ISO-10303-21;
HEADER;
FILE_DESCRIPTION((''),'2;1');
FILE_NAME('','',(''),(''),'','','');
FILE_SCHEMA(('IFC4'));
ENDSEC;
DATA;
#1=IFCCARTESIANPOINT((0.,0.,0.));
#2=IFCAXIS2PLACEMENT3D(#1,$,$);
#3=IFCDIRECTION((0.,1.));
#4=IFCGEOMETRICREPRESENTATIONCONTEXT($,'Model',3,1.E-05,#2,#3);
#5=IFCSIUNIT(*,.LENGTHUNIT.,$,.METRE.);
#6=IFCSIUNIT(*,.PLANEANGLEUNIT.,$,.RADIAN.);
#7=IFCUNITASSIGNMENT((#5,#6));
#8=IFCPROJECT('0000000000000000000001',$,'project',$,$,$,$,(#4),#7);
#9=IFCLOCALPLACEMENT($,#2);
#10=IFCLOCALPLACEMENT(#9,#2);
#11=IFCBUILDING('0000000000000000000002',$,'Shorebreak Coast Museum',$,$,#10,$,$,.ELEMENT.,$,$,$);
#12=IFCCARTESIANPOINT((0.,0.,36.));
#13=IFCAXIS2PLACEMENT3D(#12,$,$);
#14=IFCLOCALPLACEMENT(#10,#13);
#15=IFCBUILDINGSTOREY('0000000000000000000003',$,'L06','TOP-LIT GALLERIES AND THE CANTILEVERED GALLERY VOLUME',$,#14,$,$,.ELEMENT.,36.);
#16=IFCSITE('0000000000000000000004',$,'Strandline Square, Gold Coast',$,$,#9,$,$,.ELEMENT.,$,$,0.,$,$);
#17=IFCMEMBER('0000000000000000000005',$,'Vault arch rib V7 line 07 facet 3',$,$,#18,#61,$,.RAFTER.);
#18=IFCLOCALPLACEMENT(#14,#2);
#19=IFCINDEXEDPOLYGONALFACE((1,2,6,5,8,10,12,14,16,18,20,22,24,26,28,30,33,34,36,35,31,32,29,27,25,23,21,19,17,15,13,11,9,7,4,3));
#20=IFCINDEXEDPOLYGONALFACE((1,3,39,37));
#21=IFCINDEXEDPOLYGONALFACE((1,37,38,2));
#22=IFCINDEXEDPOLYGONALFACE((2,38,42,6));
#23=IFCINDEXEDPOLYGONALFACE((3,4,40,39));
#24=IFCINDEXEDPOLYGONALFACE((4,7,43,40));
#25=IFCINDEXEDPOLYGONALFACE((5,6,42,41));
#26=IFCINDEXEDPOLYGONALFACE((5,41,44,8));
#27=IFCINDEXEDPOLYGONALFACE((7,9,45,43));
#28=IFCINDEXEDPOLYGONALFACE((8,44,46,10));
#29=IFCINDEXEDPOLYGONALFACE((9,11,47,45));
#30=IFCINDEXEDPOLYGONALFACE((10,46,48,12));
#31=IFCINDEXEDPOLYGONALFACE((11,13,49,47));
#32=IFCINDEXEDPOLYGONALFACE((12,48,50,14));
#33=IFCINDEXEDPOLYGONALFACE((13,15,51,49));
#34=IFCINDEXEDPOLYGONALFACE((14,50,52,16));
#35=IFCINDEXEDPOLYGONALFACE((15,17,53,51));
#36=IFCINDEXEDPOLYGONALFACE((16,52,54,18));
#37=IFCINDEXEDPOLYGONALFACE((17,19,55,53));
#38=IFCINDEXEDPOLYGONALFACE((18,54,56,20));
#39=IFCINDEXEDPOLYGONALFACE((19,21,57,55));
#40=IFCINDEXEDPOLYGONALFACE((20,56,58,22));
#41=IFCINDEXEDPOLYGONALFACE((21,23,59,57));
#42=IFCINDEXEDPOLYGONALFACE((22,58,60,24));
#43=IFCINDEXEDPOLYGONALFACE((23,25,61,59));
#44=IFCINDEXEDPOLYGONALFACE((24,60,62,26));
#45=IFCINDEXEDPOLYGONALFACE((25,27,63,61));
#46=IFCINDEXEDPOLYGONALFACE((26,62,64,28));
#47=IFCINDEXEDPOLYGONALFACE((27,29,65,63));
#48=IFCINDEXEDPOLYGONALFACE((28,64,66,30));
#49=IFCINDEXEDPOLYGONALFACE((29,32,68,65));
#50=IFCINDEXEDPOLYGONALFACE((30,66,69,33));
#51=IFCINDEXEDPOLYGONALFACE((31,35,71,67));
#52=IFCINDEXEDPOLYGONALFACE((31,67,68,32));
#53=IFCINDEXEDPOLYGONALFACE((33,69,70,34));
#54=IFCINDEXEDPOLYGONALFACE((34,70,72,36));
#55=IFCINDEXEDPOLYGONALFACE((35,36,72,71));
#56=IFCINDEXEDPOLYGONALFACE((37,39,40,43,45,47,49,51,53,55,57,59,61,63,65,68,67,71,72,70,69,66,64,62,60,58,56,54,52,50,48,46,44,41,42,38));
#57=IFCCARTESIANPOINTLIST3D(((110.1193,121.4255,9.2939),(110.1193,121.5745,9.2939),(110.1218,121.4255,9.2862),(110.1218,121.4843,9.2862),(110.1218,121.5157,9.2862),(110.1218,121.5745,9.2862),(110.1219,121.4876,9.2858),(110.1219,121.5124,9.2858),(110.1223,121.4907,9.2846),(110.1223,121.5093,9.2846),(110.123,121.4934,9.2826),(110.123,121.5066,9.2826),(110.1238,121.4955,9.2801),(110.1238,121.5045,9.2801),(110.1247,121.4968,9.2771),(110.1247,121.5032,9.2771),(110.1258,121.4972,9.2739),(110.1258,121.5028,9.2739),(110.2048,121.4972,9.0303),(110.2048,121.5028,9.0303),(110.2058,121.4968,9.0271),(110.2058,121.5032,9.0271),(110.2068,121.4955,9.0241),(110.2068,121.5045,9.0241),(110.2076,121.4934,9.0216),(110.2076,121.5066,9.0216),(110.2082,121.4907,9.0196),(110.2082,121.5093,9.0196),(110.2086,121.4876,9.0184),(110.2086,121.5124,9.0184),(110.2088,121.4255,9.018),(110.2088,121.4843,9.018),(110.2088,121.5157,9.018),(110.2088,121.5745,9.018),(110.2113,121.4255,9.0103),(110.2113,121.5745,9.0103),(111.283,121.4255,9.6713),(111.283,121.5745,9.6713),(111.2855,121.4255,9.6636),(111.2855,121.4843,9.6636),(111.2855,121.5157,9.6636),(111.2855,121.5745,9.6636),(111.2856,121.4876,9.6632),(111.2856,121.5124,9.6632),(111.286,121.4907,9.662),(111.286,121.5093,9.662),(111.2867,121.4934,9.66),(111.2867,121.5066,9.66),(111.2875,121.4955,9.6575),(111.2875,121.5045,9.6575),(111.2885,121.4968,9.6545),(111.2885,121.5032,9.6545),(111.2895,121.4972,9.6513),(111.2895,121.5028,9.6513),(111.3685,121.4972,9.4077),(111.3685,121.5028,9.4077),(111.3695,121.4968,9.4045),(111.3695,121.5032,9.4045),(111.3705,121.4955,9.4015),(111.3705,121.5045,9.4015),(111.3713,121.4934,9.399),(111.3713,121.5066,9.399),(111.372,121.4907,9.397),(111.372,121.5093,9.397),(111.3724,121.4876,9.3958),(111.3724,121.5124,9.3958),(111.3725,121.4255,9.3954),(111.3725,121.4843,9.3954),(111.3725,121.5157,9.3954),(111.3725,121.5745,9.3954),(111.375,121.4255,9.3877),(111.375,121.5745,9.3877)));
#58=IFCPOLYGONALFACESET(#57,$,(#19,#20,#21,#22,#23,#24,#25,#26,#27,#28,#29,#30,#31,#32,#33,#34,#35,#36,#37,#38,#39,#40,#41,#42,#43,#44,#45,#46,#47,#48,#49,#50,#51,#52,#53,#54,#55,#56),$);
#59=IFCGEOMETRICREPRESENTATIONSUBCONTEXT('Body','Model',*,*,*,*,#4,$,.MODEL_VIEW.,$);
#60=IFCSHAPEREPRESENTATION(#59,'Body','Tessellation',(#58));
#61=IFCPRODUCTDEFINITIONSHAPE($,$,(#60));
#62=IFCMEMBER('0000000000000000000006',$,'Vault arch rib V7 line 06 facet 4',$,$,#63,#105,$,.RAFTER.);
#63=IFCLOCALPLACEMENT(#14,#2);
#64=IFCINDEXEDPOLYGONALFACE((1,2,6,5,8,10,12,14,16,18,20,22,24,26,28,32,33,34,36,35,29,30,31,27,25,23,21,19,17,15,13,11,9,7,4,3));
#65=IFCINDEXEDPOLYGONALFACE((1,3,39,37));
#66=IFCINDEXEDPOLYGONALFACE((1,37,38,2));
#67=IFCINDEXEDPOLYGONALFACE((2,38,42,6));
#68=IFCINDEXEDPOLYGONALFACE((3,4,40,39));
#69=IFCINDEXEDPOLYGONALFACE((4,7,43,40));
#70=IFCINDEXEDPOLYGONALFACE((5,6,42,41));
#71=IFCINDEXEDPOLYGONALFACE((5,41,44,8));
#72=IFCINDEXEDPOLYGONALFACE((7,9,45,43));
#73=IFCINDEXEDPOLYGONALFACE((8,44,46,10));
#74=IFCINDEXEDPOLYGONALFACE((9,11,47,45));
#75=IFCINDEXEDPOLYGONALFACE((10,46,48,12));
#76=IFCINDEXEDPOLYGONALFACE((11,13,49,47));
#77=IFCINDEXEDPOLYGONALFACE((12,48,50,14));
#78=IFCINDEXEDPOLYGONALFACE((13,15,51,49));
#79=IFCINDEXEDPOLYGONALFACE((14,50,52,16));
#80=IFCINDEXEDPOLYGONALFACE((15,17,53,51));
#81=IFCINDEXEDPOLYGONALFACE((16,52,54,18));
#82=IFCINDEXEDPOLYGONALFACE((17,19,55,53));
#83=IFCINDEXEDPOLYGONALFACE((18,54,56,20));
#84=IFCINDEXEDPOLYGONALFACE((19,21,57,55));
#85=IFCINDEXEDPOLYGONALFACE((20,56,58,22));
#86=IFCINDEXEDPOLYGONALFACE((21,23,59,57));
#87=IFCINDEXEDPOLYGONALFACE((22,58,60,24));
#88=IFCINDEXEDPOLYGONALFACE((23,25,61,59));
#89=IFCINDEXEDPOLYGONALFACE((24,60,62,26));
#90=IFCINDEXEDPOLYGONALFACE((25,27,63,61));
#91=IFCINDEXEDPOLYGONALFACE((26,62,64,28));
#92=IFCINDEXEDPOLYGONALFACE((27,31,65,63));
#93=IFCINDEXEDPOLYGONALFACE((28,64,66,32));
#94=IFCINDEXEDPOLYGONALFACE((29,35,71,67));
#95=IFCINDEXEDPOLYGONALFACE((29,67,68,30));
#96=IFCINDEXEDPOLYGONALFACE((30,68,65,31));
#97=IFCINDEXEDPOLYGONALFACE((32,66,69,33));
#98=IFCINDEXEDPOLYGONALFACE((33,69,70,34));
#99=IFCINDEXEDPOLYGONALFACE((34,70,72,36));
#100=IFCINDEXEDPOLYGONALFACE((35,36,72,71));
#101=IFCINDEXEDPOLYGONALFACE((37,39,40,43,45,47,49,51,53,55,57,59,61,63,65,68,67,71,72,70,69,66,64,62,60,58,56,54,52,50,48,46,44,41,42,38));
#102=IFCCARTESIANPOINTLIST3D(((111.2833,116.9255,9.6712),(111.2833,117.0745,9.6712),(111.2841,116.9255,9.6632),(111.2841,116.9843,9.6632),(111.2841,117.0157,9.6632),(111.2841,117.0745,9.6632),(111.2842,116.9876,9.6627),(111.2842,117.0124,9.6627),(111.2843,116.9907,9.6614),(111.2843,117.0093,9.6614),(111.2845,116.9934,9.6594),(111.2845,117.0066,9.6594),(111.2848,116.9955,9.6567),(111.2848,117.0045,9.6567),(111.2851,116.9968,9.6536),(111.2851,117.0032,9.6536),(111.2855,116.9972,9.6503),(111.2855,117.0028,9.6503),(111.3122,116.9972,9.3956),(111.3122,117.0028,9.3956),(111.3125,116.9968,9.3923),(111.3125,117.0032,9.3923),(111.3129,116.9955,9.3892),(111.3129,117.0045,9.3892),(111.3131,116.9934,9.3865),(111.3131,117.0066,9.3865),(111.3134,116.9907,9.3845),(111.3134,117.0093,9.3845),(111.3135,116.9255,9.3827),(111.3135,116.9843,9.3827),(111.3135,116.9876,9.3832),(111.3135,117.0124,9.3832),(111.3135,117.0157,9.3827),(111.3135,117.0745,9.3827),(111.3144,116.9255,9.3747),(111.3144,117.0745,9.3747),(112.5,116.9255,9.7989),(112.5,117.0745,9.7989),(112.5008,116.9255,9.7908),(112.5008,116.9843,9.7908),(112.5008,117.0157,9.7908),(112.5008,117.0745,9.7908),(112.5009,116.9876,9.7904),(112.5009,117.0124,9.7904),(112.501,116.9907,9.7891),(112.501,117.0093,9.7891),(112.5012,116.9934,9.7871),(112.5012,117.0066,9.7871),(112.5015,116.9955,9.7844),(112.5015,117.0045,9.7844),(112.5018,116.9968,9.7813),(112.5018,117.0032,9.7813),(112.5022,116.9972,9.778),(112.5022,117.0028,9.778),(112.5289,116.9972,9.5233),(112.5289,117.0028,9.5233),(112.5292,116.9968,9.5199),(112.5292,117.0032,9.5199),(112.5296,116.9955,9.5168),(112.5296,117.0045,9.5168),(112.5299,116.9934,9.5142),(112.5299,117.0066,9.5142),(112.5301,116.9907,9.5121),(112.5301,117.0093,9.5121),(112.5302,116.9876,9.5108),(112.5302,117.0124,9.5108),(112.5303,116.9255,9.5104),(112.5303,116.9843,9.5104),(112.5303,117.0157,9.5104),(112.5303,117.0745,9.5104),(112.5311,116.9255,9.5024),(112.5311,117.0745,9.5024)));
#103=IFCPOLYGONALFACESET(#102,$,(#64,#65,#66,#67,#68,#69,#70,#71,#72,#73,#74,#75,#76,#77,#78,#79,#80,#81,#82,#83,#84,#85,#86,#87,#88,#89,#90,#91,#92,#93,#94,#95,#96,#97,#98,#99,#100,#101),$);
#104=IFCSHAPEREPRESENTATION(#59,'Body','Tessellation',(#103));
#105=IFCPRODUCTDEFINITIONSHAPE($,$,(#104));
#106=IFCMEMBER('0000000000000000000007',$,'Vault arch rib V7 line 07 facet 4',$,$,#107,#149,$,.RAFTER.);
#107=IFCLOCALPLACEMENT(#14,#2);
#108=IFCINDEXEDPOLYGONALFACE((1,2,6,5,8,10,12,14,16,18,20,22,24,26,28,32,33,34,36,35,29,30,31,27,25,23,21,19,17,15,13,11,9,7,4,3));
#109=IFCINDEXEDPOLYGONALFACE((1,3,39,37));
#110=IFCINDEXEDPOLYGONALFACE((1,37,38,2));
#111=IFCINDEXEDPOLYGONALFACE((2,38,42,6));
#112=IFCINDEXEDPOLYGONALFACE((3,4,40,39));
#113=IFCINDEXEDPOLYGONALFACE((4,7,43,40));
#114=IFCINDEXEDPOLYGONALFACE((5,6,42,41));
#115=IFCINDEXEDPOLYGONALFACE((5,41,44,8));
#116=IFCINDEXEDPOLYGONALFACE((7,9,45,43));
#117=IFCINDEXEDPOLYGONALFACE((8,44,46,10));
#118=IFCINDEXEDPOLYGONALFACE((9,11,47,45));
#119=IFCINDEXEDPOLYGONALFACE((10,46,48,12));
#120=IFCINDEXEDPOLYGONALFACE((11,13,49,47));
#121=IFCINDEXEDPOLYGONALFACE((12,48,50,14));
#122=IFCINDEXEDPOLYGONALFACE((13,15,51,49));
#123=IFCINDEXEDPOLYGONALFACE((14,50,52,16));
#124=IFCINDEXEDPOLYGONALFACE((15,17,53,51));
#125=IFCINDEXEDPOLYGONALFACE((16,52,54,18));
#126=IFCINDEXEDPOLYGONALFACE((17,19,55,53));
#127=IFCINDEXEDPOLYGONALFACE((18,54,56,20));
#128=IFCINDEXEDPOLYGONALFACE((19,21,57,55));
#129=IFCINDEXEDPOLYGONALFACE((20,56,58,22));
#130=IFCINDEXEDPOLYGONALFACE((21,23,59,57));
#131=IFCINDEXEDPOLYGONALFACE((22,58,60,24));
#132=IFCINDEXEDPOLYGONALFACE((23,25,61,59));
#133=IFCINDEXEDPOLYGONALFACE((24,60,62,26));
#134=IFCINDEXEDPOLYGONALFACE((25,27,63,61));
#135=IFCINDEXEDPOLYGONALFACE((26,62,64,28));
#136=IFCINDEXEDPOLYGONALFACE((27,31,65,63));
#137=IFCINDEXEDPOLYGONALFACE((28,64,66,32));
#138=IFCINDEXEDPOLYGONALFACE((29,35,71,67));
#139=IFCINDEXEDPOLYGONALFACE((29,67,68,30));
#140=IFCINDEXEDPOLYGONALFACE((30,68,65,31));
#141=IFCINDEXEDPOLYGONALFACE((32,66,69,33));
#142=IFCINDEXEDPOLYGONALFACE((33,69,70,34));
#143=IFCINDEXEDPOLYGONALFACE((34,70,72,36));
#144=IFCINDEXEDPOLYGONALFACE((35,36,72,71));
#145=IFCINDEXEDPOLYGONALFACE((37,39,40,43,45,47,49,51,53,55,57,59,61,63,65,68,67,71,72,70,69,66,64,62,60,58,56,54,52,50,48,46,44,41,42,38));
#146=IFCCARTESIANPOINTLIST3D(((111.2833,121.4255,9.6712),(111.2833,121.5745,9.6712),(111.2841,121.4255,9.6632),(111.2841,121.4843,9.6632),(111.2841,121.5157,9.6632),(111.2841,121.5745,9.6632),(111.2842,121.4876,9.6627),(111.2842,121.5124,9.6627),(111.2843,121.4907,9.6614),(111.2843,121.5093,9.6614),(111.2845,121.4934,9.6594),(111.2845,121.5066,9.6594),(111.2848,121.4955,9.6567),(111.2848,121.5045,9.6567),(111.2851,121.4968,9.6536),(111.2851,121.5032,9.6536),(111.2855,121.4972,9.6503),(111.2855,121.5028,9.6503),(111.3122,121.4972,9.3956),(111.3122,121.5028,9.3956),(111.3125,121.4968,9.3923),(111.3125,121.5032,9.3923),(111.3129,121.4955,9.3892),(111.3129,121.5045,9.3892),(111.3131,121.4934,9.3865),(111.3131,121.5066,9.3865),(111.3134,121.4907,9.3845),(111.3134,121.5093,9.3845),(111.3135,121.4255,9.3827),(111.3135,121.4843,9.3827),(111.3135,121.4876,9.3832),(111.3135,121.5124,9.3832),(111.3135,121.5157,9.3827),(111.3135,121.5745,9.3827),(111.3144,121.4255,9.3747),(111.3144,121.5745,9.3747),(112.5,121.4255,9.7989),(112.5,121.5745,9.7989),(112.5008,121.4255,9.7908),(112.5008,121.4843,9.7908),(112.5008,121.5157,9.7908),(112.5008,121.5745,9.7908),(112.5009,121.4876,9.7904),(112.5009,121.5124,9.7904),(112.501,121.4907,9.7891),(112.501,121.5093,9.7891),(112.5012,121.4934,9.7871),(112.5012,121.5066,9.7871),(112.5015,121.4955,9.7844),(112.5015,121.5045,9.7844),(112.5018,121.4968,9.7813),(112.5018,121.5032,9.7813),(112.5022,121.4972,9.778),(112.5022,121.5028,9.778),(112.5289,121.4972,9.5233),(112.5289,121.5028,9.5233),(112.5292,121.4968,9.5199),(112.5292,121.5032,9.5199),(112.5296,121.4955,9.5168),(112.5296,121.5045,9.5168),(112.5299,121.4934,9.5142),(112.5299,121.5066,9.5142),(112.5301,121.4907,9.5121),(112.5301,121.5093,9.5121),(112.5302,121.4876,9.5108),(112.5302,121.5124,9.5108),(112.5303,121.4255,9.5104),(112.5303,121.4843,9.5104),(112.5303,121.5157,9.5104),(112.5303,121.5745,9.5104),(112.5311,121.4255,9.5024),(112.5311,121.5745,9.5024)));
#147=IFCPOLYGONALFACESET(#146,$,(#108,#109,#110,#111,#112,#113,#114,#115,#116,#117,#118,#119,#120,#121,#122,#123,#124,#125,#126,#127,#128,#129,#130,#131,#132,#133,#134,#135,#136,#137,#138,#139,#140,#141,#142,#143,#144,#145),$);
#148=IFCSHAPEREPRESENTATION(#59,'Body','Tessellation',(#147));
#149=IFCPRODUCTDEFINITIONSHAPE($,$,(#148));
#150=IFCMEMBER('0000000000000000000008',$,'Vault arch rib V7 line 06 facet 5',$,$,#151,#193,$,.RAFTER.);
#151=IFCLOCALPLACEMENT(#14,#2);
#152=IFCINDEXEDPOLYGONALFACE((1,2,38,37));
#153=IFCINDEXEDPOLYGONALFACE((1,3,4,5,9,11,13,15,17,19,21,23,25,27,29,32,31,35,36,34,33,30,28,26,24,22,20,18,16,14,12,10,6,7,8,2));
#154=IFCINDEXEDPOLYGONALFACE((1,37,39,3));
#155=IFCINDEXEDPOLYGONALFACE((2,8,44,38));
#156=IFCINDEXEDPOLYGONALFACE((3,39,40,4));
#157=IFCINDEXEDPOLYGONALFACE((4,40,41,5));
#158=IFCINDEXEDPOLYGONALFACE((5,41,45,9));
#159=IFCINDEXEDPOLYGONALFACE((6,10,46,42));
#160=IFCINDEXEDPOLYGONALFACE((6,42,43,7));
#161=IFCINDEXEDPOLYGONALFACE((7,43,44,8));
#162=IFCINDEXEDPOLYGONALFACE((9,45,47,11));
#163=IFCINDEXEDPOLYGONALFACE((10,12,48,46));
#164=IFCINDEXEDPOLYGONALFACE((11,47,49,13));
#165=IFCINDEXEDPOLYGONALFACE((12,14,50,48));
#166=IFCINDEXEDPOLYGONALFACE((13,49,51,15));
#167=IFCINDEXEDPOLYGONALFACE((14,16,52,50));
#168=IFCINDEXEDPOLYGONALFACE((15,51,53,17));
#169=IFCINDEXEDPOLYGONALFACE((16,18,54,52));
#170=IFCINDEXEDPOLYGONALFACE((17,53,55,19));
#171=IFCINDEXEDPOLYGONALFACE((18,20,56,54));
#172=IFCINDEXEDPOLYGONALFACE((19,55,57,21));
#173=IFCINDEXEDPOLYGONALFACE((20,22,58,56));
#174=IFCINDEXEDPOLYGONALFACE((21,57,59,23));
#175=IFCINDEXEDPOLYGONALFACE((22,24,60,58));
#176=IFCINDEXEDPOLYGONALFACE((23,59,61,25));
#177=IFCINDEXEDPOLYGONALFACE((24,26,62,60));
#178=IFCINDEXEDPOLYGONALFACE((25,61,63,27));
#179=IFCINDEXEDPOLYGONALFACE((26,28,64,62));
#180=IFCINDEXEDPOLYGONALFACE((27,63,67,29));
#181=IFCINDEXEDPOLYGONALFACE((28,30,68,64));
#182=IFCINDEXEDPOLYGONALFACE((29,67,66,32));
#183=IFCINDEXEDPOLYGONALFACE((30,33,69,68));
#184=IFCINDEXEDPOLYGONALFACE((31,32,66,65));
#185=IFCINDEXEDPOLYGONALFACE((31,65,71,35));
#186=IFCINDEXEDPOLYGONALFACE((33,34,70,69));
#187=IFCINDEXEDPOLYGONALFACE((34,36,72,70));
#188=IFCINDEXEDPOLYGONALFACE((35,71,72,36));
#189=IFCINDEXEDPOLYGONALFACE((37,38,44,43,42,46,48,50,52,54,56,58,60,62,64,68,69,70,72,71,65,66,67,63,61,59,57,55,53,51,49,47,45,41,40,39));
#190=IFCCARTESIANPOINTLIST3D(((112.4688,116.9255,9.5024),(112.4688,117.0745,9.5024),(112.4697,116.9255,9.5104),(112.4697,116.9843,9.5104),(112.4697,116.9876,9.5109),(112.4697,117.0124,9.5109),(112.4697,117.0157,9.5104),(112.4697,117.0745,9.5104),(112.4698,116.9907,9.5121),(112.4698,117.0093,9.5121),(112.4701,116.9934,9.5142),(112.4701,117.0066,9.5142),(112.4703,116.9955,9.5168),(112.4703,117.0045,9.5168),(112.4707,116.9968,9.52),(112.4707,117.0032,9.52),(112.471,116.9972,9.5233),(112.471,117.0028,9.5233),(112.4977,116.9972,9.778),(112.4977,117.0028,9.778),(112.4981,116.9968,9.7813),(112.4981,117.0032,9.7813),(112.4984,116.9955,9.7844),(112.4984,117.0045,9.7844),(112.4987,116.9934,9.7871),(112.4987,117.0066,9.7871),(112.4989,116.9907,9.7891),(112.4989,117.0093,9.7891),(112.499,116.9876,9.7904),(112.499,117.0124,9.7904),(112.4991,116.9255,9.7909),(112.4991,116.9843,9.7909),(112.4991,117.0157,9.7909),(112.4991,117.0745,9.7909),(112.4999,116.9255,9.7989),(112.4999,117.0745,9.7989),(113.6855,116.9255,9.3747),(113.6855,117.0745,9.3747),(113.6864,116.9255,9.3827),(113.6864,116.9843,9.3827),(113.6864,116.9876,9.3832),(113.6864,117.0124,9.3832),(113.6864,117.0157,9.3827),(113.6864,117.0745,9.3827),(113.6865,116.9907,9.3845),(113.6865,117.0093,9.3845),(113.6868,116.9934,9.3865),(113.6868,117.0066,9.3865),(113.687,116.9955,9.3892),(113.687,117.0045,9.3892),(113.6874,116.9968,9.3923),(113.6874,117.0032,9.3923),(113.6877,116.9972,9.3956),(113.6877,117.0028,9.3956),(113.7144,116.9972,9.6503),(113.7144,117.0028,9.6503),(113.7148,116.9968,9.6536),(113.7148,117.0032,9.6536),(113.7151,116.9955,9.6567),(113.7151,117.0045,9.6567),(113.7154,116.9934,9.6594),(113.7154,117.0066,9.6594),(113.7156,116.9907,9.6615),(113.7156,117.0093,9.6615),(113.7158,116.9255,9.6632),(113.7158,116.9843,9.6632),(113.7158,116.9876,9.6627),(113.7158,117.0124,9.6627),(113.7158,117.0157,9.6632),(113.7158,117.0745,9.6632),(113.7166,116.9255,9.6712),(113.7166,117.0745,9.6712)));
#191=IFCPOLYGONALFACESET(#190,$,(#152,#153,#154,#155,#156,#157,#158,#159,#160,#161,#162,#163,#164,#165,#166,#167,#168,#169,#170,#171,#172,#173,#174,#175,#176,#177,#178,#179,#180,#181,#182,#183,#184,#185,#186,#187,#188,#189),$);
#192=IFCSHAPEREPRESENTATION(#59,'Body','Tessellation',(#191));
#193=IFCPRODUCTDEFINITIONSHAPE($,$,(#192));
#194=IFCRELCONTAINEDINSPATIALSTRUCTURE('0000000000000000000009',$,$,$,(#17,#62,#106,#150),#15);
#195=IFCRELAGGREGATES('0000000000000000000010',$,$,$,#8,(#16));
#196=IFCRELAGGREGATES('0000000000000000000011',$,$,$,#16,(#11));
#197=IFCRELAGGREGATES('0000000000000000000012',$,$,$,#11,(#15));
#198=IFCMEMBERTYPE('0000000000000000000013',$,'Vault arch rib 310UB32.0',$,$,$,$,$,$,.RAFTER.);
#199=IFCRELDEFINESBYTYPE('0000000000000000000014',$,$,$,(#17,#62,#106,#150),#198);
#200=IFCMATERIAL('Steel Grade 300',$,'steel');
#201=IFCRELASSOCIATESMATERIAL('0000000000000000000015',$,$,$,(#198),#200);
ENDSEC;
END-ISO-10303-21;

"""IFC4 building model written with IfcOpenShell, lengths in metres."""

from ifc_helpers import new_model, si_unit, direction, frame, origin, origin_2d, place, context, subcontext, project, spatial, i_section, extrude, material, material_profile, profile_set, type_object, element, save


model = new_model("IFC4")

# Units and contexts
model_context = context("Model", 3, precision=1e-05, world=origin(), true_north=direction((0.0, 1.0)))
body_context = subcontext(model_context, "Body", "Model", "MODEL_VIEW")
ifc_project = project(units=[si_unit("LENGTHUNIT", "METRE"), si_unit("PLANEANGLEUNIT", "RADIAN")], contexts=[model_context])

# Site, building, storey
site_placement = place(None, origin())
site = spatial("IfcSite", under=ifc_project, at=site_placement, Name="Strandline Square, Gold Coast", CompositionType="ELEMENT", RefElevation=0.0)
building_placement = place(site_placement, origin())
building = spatial("IfcBuilding", under=site, at=building_placement, Name="Shorebreak Coast Museum", CompositionType="ELEMENT")
storey_placement = place(building_placement, frame((0.0, 0.0, 36.0)))
storey = spatial("IfcBuildingStorey", under=building, at=storey_placement, Name="L06", Description="TOP-LIT GALLERIES AND THE CANTILEVERED GALLERY VOLUME", CompositionType="ELEMENT", Elevation=36.0)

# Members
ifc_material_1 = material(Name="Steel Grade 300", Category="steel")
ifc_material_profile_1 = material_profile(ifc_material_1, i_section(OverallWidth=0.1489, OverallDepth=0.2981, WebThickness=0.0056, FlangeThickness=0.0081, FilletRadius=0.0129, at=origin_2d()), Name="310UB32.0")
ifc_profile_set_1 = profile_set([ifc_material_profile_1], Name="Steel Grade 300")
member_type_1 = type_object("IfcMemberType", Name="Vault arch rib 310UB32.0", PredefinedType="RAFTER", material=ifc_profile_set_1)
for number, where, z_axis, x_axis, name in (
    (1, (110.1653, 121.5, 9.1521), (0.951226, 0.0, 0.308495), (0.0, 1.0, 0.0), "Vault arch rib V7 line 07 facet 3"),
    (2, (111.2988, 117.0, 9.5229), (0.994539, 0.0, 0.104363), (0.0, 1.0, 0.0), "Vault arch rib V7 line 06 facet 4"),
    (3, (111.2988, 121.5, 9.5229), (0.994539, 0.0, 0.104363), (0.0, 1.0, 0.0), "Vault arch rib V7 line 07 facet 4"),
    (4, (112.4844, 117.0, 9.6506), (0.994539, 0.0, -0.104363), (0.0, 1.0, 0.0), "Vault arch rib V7 line 06 facet 5"),
):
    element("IfcMember", number, at=place(storey_placement, frame(where, z_axis=z_axis, x_axis=x_axis)), inside=storey, type_object=member_type_1, Name=name, PredefinedType="RAFTER", context=body_context, shape_type="SweptSolid", body=[
        extrude(i_section(OverallWidth=0.1489, OverallDepth=0.2981, WebThickness=0.0056, FlangeThickness=0.0081, FilletRadius=0.0129, at=origin_2d()), origin(), (0.0, 0.0, 1.0), 1.2234),
    ])

save(model, "model.ifc")
